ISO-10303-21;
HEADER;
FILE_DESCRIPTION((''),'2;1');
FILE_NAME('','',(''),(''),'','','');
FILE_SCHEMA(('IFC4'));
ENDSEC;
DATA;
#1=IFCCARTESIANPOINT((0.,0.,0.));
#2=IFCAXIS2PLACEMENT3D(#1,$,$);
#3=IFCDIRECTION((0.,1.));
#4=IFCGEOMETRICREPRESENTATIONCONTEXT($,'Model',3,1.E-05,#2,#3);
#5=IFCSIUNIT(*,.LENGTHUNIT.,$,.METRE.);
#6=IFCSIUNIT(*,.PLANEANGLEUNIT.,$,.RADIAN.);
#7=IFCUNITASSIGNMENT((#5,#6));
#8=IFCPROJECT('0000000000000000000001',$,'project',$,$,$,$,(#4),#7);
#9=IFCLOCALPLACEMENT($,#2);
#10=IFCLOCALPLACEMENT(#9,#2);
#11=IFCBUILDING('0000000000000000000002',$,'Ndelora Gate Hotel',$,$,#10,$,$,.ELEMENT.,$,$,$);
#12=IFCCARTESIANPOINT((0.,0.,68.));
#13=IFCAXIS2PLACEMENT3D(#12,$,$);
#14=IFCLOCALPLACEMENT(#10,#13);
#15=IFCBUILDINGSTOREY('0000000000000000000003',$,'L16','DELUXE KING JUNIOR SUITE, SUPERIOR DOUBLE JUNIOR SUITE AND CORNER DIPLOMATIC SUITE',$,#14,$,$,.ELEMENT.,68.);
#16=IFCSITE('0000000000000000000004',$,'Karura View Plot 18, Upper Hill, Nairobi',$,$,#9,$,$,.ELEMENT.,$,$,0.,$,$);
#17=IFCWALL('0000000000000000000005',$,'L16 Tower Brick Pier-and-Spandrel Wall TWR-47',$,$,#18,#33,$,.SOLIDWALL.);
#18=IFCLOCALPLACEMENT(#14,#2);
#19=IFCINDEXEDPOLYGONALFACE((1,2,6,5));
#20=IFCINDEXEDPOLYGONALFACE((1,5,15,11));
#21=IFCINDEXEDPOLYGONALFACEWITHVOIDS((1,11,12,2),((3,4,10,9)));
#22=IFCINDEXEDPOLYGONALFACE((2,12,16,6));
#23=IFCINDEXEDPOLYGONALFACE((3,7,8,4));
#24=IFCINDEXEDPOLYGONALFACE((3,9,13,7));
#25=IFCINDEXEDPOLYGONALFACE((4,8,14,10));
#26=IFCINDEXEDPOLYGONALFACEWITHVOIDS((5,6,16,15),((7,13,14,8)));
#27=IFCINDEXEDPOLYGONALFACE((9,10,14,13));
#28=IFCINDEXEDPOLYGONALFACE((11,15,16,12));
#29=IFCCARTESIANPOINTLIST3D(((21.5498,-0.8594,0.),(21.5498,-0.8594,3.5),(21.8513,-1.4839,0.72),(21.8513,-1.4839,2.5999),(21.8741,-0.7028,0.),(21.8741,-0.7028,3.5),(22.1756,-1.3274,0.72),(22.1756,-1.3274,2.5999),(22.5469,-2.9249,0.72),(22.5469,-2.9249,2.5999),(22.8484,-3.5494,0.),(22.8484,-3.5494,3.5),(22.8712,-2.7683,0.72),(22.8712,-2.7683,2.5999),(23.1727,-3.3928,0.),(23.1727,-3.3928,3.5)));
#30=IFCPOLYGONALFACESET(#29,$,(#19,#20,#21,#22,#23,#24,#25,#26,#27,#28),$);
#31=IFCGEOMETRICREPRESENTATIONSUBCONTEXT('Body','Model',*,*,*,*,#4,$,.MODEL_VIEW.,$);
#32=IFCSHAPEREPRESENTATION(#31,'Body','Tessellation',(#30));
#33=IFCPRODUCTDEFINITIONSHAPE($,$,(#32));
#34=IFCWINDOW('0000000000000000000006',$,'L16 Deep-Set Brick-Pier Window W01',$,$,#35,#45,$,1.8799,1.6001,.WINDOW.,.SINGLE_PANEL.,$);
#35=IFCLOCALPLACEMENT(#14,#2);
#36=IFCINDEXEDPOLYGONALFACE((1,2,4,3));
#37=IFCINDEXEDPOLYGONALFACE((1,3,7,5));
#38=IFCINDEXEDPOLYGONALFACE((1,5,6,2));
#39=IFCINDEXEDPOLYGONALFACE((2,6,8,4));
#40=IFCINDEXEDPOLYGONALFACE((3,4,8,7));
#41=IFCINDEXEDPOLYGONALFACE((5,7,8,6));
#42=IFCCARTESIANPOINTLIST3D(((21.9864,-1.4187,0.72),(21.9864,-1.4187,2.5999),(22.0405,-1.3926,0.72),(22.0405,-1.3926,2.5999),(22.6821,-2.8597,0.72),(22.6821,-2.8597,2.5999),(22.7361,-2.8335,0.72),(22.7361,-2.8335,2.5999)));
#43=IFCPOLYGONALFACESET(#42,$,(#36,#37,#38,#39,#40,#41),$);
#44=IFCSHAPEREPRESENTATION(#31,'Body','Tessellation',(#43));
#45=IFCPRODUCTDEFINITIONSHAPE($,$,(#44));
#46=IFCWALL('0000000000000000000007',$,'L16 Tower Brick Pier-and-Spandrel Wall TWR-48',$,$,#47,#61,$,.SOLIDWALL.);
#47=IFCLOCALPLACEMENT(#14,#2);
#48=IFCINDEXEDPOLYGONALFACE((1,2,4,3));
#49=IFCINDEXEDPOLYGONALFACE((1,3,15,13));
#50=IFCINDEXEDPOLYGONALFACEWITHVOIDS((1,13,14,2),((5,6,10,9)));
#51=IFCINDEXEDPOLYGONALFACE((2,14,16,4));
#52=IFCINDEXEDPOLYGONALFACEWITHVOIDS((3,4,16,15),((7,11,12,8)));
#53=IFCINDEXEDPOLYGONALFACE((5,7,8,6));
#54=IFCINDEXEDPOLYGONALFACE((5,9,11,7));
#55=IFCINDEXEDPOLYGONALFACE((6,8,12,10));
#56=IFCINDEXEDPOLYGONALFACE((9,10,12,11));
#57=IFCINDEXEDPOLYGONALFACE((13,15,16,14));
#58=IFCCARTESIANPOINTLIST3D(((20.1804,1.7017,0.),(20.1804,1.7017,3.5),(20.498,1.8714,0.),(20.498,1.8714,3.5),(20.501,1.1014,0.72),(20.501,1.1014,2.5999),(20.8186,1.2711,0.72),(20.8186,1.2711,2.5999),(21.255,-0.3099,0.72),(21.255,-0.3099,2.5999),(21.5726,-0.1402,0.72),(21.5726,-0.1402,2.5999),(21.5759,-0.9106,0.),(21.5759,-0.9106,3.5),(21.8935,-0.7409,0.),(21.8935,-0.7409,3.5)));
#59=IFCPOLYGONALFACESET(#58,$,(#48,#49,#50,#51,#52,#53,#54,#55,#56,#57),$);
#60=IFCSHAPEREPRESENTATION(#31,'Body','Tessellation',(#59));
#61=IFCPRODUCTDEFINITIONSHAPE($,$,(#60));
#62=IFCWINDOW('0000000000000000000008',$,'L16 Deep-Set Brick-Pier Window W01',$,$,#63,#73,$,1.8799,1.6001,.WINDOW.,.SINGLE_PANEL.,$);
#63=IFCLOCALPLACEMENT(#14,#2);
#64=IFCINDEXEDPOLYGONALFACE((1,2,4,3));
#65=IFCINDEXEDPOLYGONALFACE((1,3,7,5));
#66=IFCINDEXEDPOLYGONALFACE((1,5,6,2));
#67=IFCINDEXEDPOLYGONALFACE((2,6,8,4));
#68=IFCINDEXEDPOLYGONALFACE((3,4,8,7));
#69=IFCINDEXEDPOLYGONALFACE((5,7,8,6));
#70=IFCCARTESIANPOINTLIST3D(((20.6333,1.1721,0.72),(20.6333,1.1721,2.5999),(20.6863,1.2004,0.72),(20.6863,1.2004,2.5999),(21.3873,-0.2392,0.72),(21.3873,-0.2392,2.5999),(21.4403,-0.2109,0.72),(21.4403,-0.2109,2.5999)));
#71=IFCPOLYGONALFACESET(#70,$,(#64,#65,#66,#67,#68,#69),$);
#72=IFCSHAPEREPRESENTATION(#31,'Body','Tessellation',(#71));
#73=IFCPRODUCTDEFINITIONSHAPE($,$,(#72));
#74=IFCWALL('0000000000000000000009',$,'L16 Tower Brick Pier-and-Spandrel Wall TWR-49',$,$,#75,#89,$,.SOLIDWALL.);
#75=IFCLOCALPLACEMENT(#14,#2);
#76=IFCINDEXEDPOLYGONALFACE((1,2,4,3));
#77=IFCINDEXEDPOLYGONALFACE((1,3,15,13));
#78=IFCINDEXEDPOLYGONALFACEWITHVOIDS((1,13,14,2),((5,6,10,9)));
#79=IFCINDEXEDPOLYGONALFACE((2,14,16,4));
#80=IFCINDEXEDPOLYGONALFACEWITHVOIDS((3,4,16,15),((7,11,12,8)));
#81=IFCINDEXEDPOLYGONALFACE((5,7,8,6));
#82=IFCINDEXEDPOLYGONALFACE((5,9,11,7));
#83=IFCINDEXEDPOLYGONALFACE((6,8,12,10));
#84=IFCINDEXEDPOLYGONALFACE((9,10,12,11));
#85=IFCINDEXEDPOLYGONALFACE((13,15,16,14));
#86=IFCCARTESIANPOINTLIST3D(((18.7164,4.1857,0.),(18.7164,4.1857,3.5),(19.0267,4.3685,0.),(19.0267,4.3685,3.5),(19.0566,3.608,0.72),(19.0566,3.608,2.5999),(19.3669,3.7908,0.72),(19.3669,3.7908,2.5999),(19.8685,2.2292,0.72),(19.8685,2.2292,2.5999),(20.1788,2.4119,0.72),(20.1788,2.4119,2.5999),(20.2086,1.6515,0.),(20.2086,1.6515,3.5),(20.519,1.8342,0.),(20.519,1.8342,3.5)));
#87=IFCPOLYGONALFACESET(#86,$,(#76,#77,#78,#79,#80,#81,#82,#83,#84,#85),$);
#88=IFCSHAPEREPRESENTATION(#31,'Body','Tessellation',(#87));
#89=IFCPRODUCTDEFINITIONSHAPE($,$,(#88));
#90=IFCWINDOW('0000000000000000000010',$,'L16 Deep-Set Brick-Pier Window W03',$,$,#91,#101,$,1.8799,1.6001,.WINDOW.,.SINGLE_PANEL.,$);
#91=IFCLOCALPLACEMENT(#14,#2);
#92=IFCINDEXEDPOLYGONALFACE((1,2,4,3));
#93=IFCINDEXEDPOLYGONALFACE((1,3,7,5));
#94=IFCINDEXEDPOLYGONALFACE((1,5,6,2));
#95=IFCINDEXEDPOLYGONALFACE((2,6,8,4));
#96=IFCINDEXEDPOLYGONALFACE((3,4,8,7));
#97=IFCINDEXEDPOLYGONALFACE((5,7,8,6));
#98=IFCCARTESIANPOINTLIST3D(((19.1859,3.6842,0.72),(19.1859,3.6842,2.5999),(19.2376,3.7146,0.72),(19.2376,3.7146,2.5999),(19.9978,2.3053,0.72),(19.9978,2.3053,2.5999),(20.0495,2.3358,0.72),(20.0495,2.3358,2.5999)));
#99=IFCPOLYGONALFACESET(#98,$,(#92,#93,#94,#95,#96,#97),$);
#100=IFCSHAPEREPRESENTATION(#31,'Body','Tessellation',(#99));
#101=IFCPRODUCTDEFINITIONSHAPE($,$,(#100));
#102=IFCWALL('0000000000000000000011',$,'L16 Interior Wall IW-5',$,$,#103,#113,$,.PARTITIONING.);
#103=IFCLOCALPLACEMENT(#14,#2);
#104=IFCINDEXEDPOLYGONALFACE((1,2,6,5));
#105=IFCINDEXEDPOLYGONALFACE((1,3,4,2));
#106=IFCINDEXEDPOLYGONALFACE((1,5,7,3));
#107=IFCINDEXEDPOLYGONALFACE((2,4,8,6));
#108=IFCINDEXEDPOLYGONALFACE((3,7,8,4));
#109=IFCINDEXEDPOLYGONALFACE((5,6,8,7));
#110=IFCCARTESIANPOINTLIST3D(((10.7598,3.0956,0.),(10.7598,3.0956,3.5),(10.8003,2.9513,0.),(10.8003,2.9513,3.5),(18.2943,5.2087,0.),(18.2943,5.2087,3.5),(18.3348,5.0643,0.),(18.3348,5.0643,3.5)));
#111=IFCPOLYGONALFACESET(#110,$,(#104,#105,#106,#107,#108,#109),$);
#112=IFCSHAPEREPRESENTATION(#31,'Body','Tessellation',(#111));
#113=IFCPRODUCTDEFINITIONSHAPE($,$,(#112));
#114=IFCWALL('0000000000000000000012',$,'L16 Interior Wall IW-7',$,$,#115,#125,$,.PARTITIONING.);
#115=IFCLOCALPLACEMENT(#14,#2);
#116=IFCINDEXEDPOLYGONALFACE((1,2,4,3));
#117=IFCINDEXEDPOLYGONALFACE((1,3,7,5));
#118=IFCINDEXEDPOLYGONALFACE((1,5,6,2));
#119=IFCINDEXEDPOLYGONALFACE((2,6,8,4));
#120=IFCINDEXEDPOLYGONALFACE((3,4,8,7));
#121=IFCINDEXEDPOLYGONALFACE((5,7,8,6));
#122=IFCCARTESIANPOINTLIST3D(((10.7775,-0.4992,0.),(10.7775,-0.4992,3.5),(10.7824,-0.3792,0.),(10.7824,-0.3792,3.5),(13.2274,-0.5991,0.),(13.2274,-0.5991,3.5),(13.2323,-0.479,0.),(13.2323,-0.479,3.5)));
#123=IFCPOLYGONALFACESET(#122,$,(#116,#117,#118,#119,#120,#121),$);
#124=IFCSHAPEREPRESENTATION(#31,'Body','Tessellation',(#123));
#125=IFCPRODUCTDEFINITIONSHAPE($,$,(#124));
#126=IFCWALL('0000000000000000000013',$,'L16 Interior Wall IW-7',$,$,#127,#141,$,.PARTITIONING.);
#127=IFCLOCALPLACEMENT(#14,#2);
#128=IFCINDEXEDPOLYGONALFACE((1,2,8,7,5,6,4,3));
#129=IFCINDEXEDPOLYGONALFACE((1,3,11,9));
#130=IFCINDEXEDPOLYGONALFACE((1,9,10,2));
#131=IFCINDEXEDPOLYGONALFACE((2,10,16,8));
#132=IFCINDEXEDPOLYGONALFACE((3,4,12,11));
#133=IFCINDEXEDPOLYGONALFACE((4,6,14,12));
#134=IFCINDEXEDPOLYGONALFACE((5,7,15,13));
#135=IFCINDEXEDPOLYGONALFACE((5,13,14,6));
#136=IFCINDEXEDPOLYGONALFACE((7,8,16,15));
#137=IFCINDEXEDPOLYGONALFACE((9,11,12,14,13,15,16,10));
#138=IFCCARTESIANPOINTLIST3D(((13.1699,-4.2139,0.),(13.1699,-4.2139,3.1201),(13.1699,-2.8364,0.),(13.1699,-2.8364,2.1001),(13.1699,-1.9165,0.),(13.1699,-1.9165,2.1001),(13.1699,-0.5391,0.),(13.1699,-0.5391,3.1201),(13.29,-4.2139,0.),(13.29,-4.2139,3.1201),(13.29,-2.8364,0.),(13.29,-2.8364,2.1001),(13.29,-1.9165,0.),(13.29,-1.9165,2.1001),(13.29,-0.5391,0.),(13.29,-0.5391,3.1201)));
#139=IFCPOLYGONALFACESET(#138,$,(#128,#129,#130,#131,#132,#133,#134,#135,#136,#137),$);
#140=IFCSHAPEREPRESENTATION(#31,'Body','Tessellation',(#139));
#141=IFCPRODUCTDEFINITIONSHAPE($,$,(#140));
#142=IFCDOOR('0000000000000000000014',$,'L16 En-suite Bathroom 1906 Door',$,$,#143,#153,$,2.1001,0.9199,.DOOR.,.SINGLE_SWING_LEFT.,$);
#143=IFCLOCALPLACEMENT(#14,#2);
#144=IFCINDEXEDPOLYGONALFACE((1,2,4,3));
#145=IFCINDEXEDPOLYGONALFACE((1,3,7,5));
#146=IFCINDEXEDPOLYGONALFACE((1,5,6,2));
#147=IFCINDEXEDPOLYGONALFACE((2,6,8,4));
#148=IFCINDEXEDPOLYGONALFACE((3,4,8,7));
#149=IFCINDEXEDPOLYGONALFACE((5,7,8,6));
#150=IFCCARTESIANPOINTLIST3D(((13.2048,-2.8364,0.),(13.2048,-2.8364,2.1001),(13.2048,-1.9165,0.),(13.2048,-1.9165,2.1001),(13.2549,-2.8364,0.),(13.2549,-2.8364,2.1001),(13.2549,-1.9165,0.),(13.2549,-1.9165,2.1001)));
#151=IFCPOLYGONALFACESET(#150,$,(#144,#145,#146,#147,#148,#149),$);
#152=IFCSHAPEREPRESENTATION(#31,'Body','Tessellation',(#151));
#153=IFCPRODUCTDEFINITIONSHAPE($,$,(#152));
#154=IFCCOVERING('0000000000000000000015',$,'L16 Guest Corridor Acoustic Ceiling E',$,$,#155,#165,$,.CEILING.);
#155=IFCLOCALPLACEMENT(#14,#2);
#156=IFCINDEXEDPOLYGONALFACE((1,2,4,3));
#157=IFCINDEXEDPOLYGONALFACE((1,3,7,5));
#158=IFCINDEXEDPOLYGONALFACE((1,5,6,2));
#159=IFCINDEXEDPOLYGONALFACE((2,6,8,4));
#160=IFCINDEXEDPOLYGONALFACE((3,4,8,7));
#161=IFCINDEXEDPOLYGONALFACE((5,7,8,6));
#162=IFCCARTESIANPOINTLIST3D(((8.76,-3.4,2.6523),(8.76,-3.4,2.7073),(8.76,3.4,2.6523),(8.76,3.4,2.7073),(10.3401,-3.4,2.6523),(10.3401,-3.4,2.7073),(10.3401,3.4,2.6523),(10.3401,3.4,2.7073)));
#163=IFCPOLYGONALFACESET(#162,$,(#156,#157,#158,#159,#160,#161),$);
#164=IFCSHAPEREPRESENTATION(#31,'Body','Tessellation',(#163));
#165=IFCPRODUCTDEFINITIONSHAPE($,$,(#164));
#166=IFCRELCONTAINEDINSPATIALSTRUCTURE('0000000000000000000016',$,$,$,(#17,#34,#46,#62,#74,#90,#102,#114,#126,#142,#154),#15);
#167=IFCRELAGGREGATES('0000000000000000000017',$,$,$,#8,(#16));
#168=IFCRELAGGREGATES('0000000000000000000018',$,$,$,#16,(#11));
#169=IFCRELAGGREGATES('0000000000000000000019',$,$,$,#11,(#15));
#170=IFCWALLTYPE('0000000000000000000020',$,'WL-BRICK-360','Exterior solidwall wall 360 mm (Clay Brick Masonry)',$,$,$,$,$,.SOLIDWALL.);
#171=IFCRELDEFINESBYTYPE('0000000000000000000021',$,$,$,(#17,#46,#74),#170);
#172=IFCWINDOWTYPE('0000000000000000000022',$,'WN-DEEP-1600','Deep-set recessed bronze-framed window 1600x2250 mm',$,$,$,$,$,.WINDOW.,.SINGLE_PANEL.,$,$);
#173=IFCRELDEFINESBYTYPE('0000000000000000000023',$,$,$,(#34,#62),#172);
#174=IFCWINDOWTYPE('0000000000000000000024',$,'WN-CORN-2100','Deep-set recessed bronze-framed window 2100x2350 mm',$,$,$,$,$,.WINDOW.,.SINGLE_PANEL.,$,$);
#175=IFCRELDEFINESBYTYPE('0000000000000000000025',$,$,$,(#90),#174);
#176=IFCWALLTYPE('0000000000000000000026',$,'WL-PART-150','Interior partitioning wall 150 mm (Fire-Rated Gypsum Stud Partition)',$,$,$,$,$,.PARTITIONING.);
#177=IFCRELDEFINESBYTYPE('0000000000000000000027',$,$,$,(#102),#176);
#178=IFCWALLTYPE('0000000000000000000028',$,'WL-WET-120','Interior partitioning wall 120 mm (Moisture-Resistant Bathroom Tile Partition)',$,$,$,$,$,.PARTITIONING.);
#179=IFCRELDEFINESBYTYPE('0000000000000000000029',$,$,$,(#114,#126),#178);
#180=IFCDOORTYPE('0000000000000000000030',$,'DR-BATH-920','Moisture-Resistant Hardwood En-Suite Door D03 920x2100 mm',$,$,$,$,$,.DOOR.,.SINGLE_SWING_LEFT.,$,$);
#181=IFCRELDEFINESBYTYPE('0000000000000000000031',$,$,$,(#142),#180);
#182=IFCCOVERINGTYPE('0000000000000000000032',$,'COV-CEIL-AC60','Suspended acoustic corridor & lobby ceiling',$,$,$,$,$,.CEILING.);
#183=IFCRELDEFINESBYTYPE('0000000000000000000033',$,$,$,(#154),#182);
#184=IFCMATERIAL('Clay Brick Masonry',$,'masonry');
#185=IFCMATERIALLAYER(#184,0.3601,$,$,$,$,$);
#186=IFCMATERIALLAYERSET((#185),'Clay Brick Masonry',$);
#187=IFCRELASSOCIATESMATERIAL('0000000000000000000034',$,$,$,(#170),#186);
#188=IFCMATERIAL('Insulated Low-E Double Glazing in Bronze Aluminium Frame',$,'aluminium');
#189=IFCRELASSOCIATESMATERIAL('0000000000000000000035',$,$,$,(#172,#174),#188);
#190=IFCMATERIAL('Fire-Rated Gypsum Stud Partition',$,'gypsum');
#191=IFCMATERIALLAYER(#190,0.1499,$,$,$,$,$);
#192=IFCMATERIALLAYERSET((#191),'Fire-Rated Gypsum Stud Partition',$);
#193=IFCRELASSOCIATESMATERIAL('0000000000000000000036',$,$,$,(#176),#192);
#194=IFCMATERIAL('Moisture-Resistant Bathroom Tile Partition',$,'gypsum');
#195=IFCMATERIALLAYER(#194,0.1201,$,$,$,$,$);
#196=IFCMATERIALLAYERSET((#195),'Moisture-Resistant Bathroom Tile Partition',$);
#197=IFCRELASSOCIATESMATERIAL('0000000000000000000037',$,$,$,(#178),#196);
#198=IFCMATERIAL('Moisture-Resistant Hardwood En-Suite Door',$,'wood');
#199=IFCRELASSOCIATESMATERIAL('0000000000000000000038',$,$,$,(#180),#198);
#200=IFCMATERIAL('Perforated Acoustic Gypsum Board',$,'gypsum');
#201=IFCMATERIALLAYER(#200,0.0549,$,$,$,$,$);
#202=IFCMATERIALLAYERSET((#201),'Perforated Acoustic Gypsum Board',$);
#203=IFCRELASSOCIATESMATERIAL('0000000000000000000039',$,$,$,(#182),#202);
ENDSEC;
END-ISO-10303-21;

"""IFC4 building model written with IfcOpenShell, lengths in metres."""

from ifc_helpers import new_model, si_unit, direction, frame, frame_2d, origin, origin_2d, place, context, subcontext, project, spatial, rectangle, extrude, material, layer, layer_set, type_object, element, fill, save


model = new_model("IFC4")

# Units and contexts
model_context = context("Model", 3, precision=1e-05, world=origin(), true_north=direction((0.0, 1.0)))
body_context = subcontext(model_context, "Body", "Model", "MODEL_VIEW")
ifc_project = project(units=[si_unit("LENGTHUNIT", "METRE"), si_unit("PLANEANGLEUNIT", "RADIAN")], contexts=[model_context])

# Site, building, storey
site_placement = place(None, origin())
site = spatial("IfcSite", under=ifc_project, at=site_placement, Name="Karura View Plot 18, Upper Hill, Nairobi", CompositionType="ELEMENT", RefElevation=0.0)
building_placement = place(site_placement, origin())
building = spatial("IfcBuilding", under=site, at=building_placement, Name="Ndelora Gate Hotel", CompositionType="ELEMENT")
storey_placement = place(building_placement, frame((0.0, 0.0, 68.0)))
storey = spatial("IfcBuildingStorey", under=building, at=storey_placement, Name="L16", Description="DELUXE KING JUNIOR SUITE, SUPERIOR DOUBLE JUNIOR SUITE AND CORNER DIPLOMATIC SUITE", CompositionType="ELEMENT", Elevation=68.0)

# Walls, openings, windows
ifc_material_1 = material(Name="Clay Brick Masonry", Category="masonry")
ifc_layer_1 = layer(ifc_material_1, 0.3601)
ifc_layer_set_1 = layer_set([ifc_layer_1], Name="Clay Brick Masonry")
wall_type_1 = type_object("IfcWallType", Name="WL-BRICK-360", Description="Exterior solidwall wall 360 mm (Clay Brick Masonry)", PredefinedType="SOLIDWALL", material=ifc_layer_set_1)
wall_1_placement = place(storey_placement, frame((21.7119, -0.781, 0.0), z_axis=(0.0, 0.0, 1.0), x_axis=(0.434747, -0.900553, 0.0)))
wall_1 = element("IfcWall", 1, at=wall_1_placement, inside=storey, type_object=wall_type_1, Name="L16 Tower Brick Pier-and-Spandrel Wall TWR-47", PredefinedType="SOLIDWALL", context=body_context, shape_type="SweptSolid", body=[
    extrude(rectangle(XDim=2.9871, YDim=0.3601, at=frame_2d((1.4937, 0.0))), origin(), (0.0, 0.0, 1.0), 3.5),
])
opening_1_placement = place(wall_1_placement, frame((0.6936, 0.0, 0.72)))
opening_1 = element("IfcOpeningElement", 2, at=opening_1_placement, cuts=wall_1, PredefinedType="OPENING", context=body_context, shape_type="SweptSolid", body=[
    extrude(rectangle(XDim=1.6001, YDim=1.8799, at=frame_2d((0.8, 0.9399))), frame((0.0, 0.1899, 0.0), z_axis=(0.0, -1.0, 0.0), x_axis=(1.0, 0.0, 0.0)), (0.0, 0.0, 1.0), 0.3801),
])
ifc_material_2 = material(Name="Insulated Low-E Double Glazing in Bronze Aluminium Frame", Category="aluminium")
window_type_1 = type_object("IfcWindowType", Name="WN-DEEP-1600", Description="Deep-set recessed bronze-framed window 1600x2250 mm", PartitioningType="SINGLE_PANEL", PredefinedType="WINDOW", material=ifc_material_2)
window_1_placement = place(opening_1_placement, origin())
window_1 = element("IfcWindow", 3, at=window_1_placement, inside=storey, type_object=window_type_1, Name="L16 Deep-Set Brick-Pier Window W01", OverallHeight=1.8799, OverallWidth=1.6001, PartitioningType="SINGLE_PANEL", PredefinedType="WINDOW", context=body_context, shape_type="SweptSolid", body=[
    extrude(rectangle(XDim=1.6001, YDim=1.8799, at=frame_2d((0.8, 0.9399))), frame((0.0, 0.03, 0.0), z_axis=(0.0, -1.0, 0.0), x_axis=(1.0, 0.0, 0.0)), (0.0, 0.0, 1.0), 0.0601),
])
fill(opening_1, window_1)
wall_2_placement = place(storey_placement, frame((20.3391, 1.7866, 0.0), z_axis=(0.0, 0.0, 1.0), x_axis=(0.471187, -0.882033, 0.0)))
wall_2 = element("IfcWall", 4, at=wall_2_placement, inside=storey, type_object=wall_type_1, Name="L16 Tower Brick Pier-and-Spandrel Wall TWR-48", PredefinedType="SOLIDWALL", context=body_context, shape_type="SweptSolid", body=[
    extrude(rectangle(XDim=2.9617, YDim=0.3601, at=frame_2d((1.481, 0.0))), origin(), (0.0, 0.0, 1.0), 3.5),
])
opening_2_placement = place(wall_2_placement, frame((0.6807, 0.0, 0.72)))
opening_2 = element("IfcOpeningElement", 5, at=opening_2_placement, cuts=wall_2, PredefinedType="OPENING", context=body_context, shape_type="SweptSolid", body=[
    extrude(rectangle(XDim=1.6001, YDim=1.8799, at=frame_2d((0.8, 0.9399))), frame((0.0, 0.1899, 0.0), z_axis=(0.0, -1.0, 0.0), x_axis=(1.0, 0.0, 0.0)), (0.0, 0.0, 1.0), 0.3801),
])
window_2_placement = place(opening_2_placement, origin())
window_2 = element("IfcWindow", 6, at=window_2_placement, inside=storey, type_object=window_type_1, Name="L16 Deep-Set Brick-Pier Window W01", OverallHeight=1.8799, OverallWidth=1.6001, PartitioningType="SINGLE_PANEL", PredefinedType="WINDOW", context=body_context, shape_type="SweptSolid", body=[
    extrude(rectangle(XDim=1.6001, YDim=1.8799, at=frame_2d((0.8, 0.9399))), frame((0.0, 0.03, 0.0), z_axis=(0.0, -1.0, 0.0), x_axis=(1.0, 0.0, 0.0)), (0.0, 0.0, 1.0), 0.0601),
])
fill(opening_2, window_2)
wall_3_placement = place(storey_placement, frame((18.8716, 4.2771, 0.0), z_axis=(0.0, 0.0, 1.0), x_axis=(0.507397, -0.861712, 0.0)))
wall_3 = element("IfcWall", 7, at=wall_3_placement, inside=storey, type_object=wall_type_1, Name="L16 Tower Brick Pier-and-Spandrel Wall TWR-49", PredefinedType="SOLIDWALL", context=body_context, shape_type="SweptSolid", body=[
    extrude(rectangle(XDim=2.9409, YDim=0.3601, at=frame_2d((1.4705, 0.0))), origin(), (0.0, 0.0, 1.0), 3.5),
])
opening_3_placement = place(wall_3_placement, frame((0.6704, 0.0, 0.72)))
opening_3 = element("IfcOpeningElement", 8, at=opening_3_placement, cuts=wall_3, PredefinedType="OPENING", context=body_context, shape_type="SweptSolid", body=[
    extrude(rectangle(XDim=1.6001, YDim=1.8799, at=frame_2d((0.8, 0.9399))), frame((0.0, 0.1899, 0.0), z_axis=(0.0, -1.0, 0.0), x_axis=(1.0, 0.0, 0.0)), (0.0, 0.0, 1.0), 0.3801),
])
window_type_2 = type_object("IfcWindowType", Name="WN-CORN-2100", Description="Deep-set recessed bronze-framed window 2100x2350 mm", PartitioningType="SINGLE_PANEL", PredefinedType="WINDOW", material=ifc_material_2)
window_3_placement = place(opening_3_placement, origin())
window_3 = element("IfcWindow", 9, at=window_3_placement, inside=storey, type_object=window_type_2, Name="L16 Deep-Set Brick-Pier Window W03", OverallHeight=1.8799, OverallWidth=1.6001, PartitioningType="SINGLE_PANEL", PredefinedType="WINDOW", context=body_context, shape_type="SweptSolid", body=[
    extrude(rectangle(XDim=1.6001, YDim=1.8799, at=frame_2d((0.8, 0.9399))), frame((0.0, 0.03, 0.0), z_axis=(0.0, -1.0, 0.0), x_axis=(1.0, 0.0, 0.0)), (0.0, 0.0, 1.0), 0.0601),
])
fill(opening_3, window_3)

# Walls
ifc_material_3 = material(Name="Fire-Rated Gypsum Stud Partition", Category="gypsum")
ifc_layer_2 = layer(ifc_material_3, 0.1499)
ifc_layer_set_2 = layer_set([ifc_layer_2], Name="Fire-Rated Gypsum Stud Partition")
wall_type_2 = type_object("IfcWallType", Name="WL-PART-150", Description="Interior partitioning wall 150 mm (Fire-Rated Gypsum Stud Partition)", PredefinedType="PARTITIONING", material=ifc_layer_set_2)
wall_4_placement = place(storey_placement, frame((10.78, 3.0234, 0.0), z_axis=(0.0, 0.0, 1.0), x_axis=(0.962851, 0.270033, 0.0)))
element("IfcWall", 10, at=wall_4_placement, inside=storey, type_object=wall_type_2, Name="L16 Interior Wall IW-5", PredefinedType="PARTITIONING", context=body_context, shape_type="SweptSolid", body=[
    extrude(rectangle(XDim=7.8252, YDim=0.1499, at=frame_2d((3.9126, 0.0))), origin(), (0.0, 0.0, 1.0), 3.5),
])
ifc_material_4 = material(Name="Moisture-Resistant Bathroom Tile Partition", Category="gypsum")
ifc_layer_3 = layer(ifc_material_4, 0.1201)
ifc_layer_set_3 = layer_set([ifc_layer_3], Name="Moisture-Resistant Bathroom Tile Partition")
wall_type_3 = type_object("IfcWallType", Name="WL-WET-120", Description="Interior partitioning wall 120 mm (Moisture-Resistant Bathroom Tile Partition)", PredefinedType="PARTITIONING", material=ifc_layer_set_3)
wall_5_placement = place(storey_placement, frame((13.23, -0.5391, 0.0), z_axis=(0.0, 0.0, 1.0), x_axis=(-0.99917, 0.040724, 0.0)))
element("IfcWall", 11, at=wall_5_placement, inside=storey, type_object=wall_type_3, Name="L16 Interior Wall IW-7", PredefinedType="PARTITIONING", context=body_context, shape_type="SweptSolid", body=[
    extrude(rectangle(XDim=2.4519, YDim=0.1201, at=frame_2d((1.2261, 0.0))), origin(), (0.0, 0.0, 1.0), 3.5),
])

# Wall, opening, door
wall_6_placement = place(storey_placement, frame((13.23, -0.5391, 0.0), z_axis=(0.0, 0.0, 1.0), x_axis=(0.0, -1.0, 0.0)))
wall_6 = element("IfcWall", 12, at=wall_6_placement, inside=storey, type_object=wall_type_3, Name="L16 Interior Wall IW-7", PredefinedType="PARTITIONING", context=body_context, shape_type="SweptSolid", body=[
    extrude(rectangle(XDim=3.6748, YDim=0.1201, at=frame_2d((1.8374, 0.0))), origin(), (0.0, 0.0, 1.0), 3.1201),
])
opening_4_placement = place(wall_6_placement, frame((1.3774, 0.0, 0.0)))
opening_4 = element("IfcOpeningElement", 13, at=opening_4_placement, cuts=wall_6, PredefinedType="OPENING", context=body_context, shape_type="SweptSolid", body=[
    extrude(rectangle(XDim=0.9199, YDim=2.1001, at=frame_2d((0.46, 1.05))), frame((0.0, 0.0701, 0.0), z_axis=(0.0, -1.0, 0.0), x_axis=(1.0, 0.0, 0.0)), (0.0, 0.0, 1.0), 0.1401),
])
ifc_material_5 = material(Name="Moisture-Resistant Hardwood En-Suite Door", Category="wood")
door_type_1 = type_object("IfcDoorType", Name="DR-BATH-920", Description="Moisture-Resistant Hardwood En-Suite Door D03 920x2100 mm", OperationType="SINGLE_SWING_LEFT", PredefinedType="DOOR", material=ifc_material_5)
door_1_placement = place(opening_4_placement, origin())
door_1 = element("IfcDoor", 14, at=door_1_placement, inside=storey, type_object=door_type_1, Name="L16 En-suite Bathroom 1906 Door", OperationType="SINGLE_SWING_LEFT", OverallHeight=2.1001, OverallWidth=0.9199, PredefinedType="DOOR", context=body_context, shape_type="SweptSolid", body=[
    extrude(rectangle(XDim=0.9199, YDim=2.1001, at=frame_2d((0.46, 1.05))), frame((0.0, 0.0249, 0.0), z_axis=(0.0, -1.0, 0.0), x_axis=(1.0, 0.0, 0.0)), (0.0, 0.0, 1.0), 0.05),
])
fill(opening_4, door_1)

# Covering
ifc_material_6 = material(Name="Perforated Acoustic Gypsum Board", Category="gypsum")
ifc_layer_4 = layer(ifc_material_6, 0.0549)
ifc_layer_set_4 = layer_set([ifc_layer_4], Name="Perforated Acoustic Gypsum Board")
covering_type_1 = type_object("IfcCoveringType", Name="COV-CEIL-AC60", Description="Suspended acoustic corridor & lobby ceiling", PredefinedType="CEILING", material=ifc_layer_set_4)
covering_1_placement = place(storey_placement, frame((9.55, 0.0, 2.6523), z_axis=(0.0, 0.0, 1.0), x_axis=(1.0, 0.0, 0.0)))
element("IfcCovering", 15, at=covering_1_placement, inside=storey, type_object=covering_type_1, Name="L16 Guest Corridor Acoustic Ceiling E", PredefinedType="CEILING", context=body_context, shape_type="SweptSolid", body=[
    extrude(rectangle(XDim=1.5801, YDim=6.8, at=origin_2d()), origin(), (0.0, 0.0, 1.0), 0.0549),
])

save(model, "model.ifc")
